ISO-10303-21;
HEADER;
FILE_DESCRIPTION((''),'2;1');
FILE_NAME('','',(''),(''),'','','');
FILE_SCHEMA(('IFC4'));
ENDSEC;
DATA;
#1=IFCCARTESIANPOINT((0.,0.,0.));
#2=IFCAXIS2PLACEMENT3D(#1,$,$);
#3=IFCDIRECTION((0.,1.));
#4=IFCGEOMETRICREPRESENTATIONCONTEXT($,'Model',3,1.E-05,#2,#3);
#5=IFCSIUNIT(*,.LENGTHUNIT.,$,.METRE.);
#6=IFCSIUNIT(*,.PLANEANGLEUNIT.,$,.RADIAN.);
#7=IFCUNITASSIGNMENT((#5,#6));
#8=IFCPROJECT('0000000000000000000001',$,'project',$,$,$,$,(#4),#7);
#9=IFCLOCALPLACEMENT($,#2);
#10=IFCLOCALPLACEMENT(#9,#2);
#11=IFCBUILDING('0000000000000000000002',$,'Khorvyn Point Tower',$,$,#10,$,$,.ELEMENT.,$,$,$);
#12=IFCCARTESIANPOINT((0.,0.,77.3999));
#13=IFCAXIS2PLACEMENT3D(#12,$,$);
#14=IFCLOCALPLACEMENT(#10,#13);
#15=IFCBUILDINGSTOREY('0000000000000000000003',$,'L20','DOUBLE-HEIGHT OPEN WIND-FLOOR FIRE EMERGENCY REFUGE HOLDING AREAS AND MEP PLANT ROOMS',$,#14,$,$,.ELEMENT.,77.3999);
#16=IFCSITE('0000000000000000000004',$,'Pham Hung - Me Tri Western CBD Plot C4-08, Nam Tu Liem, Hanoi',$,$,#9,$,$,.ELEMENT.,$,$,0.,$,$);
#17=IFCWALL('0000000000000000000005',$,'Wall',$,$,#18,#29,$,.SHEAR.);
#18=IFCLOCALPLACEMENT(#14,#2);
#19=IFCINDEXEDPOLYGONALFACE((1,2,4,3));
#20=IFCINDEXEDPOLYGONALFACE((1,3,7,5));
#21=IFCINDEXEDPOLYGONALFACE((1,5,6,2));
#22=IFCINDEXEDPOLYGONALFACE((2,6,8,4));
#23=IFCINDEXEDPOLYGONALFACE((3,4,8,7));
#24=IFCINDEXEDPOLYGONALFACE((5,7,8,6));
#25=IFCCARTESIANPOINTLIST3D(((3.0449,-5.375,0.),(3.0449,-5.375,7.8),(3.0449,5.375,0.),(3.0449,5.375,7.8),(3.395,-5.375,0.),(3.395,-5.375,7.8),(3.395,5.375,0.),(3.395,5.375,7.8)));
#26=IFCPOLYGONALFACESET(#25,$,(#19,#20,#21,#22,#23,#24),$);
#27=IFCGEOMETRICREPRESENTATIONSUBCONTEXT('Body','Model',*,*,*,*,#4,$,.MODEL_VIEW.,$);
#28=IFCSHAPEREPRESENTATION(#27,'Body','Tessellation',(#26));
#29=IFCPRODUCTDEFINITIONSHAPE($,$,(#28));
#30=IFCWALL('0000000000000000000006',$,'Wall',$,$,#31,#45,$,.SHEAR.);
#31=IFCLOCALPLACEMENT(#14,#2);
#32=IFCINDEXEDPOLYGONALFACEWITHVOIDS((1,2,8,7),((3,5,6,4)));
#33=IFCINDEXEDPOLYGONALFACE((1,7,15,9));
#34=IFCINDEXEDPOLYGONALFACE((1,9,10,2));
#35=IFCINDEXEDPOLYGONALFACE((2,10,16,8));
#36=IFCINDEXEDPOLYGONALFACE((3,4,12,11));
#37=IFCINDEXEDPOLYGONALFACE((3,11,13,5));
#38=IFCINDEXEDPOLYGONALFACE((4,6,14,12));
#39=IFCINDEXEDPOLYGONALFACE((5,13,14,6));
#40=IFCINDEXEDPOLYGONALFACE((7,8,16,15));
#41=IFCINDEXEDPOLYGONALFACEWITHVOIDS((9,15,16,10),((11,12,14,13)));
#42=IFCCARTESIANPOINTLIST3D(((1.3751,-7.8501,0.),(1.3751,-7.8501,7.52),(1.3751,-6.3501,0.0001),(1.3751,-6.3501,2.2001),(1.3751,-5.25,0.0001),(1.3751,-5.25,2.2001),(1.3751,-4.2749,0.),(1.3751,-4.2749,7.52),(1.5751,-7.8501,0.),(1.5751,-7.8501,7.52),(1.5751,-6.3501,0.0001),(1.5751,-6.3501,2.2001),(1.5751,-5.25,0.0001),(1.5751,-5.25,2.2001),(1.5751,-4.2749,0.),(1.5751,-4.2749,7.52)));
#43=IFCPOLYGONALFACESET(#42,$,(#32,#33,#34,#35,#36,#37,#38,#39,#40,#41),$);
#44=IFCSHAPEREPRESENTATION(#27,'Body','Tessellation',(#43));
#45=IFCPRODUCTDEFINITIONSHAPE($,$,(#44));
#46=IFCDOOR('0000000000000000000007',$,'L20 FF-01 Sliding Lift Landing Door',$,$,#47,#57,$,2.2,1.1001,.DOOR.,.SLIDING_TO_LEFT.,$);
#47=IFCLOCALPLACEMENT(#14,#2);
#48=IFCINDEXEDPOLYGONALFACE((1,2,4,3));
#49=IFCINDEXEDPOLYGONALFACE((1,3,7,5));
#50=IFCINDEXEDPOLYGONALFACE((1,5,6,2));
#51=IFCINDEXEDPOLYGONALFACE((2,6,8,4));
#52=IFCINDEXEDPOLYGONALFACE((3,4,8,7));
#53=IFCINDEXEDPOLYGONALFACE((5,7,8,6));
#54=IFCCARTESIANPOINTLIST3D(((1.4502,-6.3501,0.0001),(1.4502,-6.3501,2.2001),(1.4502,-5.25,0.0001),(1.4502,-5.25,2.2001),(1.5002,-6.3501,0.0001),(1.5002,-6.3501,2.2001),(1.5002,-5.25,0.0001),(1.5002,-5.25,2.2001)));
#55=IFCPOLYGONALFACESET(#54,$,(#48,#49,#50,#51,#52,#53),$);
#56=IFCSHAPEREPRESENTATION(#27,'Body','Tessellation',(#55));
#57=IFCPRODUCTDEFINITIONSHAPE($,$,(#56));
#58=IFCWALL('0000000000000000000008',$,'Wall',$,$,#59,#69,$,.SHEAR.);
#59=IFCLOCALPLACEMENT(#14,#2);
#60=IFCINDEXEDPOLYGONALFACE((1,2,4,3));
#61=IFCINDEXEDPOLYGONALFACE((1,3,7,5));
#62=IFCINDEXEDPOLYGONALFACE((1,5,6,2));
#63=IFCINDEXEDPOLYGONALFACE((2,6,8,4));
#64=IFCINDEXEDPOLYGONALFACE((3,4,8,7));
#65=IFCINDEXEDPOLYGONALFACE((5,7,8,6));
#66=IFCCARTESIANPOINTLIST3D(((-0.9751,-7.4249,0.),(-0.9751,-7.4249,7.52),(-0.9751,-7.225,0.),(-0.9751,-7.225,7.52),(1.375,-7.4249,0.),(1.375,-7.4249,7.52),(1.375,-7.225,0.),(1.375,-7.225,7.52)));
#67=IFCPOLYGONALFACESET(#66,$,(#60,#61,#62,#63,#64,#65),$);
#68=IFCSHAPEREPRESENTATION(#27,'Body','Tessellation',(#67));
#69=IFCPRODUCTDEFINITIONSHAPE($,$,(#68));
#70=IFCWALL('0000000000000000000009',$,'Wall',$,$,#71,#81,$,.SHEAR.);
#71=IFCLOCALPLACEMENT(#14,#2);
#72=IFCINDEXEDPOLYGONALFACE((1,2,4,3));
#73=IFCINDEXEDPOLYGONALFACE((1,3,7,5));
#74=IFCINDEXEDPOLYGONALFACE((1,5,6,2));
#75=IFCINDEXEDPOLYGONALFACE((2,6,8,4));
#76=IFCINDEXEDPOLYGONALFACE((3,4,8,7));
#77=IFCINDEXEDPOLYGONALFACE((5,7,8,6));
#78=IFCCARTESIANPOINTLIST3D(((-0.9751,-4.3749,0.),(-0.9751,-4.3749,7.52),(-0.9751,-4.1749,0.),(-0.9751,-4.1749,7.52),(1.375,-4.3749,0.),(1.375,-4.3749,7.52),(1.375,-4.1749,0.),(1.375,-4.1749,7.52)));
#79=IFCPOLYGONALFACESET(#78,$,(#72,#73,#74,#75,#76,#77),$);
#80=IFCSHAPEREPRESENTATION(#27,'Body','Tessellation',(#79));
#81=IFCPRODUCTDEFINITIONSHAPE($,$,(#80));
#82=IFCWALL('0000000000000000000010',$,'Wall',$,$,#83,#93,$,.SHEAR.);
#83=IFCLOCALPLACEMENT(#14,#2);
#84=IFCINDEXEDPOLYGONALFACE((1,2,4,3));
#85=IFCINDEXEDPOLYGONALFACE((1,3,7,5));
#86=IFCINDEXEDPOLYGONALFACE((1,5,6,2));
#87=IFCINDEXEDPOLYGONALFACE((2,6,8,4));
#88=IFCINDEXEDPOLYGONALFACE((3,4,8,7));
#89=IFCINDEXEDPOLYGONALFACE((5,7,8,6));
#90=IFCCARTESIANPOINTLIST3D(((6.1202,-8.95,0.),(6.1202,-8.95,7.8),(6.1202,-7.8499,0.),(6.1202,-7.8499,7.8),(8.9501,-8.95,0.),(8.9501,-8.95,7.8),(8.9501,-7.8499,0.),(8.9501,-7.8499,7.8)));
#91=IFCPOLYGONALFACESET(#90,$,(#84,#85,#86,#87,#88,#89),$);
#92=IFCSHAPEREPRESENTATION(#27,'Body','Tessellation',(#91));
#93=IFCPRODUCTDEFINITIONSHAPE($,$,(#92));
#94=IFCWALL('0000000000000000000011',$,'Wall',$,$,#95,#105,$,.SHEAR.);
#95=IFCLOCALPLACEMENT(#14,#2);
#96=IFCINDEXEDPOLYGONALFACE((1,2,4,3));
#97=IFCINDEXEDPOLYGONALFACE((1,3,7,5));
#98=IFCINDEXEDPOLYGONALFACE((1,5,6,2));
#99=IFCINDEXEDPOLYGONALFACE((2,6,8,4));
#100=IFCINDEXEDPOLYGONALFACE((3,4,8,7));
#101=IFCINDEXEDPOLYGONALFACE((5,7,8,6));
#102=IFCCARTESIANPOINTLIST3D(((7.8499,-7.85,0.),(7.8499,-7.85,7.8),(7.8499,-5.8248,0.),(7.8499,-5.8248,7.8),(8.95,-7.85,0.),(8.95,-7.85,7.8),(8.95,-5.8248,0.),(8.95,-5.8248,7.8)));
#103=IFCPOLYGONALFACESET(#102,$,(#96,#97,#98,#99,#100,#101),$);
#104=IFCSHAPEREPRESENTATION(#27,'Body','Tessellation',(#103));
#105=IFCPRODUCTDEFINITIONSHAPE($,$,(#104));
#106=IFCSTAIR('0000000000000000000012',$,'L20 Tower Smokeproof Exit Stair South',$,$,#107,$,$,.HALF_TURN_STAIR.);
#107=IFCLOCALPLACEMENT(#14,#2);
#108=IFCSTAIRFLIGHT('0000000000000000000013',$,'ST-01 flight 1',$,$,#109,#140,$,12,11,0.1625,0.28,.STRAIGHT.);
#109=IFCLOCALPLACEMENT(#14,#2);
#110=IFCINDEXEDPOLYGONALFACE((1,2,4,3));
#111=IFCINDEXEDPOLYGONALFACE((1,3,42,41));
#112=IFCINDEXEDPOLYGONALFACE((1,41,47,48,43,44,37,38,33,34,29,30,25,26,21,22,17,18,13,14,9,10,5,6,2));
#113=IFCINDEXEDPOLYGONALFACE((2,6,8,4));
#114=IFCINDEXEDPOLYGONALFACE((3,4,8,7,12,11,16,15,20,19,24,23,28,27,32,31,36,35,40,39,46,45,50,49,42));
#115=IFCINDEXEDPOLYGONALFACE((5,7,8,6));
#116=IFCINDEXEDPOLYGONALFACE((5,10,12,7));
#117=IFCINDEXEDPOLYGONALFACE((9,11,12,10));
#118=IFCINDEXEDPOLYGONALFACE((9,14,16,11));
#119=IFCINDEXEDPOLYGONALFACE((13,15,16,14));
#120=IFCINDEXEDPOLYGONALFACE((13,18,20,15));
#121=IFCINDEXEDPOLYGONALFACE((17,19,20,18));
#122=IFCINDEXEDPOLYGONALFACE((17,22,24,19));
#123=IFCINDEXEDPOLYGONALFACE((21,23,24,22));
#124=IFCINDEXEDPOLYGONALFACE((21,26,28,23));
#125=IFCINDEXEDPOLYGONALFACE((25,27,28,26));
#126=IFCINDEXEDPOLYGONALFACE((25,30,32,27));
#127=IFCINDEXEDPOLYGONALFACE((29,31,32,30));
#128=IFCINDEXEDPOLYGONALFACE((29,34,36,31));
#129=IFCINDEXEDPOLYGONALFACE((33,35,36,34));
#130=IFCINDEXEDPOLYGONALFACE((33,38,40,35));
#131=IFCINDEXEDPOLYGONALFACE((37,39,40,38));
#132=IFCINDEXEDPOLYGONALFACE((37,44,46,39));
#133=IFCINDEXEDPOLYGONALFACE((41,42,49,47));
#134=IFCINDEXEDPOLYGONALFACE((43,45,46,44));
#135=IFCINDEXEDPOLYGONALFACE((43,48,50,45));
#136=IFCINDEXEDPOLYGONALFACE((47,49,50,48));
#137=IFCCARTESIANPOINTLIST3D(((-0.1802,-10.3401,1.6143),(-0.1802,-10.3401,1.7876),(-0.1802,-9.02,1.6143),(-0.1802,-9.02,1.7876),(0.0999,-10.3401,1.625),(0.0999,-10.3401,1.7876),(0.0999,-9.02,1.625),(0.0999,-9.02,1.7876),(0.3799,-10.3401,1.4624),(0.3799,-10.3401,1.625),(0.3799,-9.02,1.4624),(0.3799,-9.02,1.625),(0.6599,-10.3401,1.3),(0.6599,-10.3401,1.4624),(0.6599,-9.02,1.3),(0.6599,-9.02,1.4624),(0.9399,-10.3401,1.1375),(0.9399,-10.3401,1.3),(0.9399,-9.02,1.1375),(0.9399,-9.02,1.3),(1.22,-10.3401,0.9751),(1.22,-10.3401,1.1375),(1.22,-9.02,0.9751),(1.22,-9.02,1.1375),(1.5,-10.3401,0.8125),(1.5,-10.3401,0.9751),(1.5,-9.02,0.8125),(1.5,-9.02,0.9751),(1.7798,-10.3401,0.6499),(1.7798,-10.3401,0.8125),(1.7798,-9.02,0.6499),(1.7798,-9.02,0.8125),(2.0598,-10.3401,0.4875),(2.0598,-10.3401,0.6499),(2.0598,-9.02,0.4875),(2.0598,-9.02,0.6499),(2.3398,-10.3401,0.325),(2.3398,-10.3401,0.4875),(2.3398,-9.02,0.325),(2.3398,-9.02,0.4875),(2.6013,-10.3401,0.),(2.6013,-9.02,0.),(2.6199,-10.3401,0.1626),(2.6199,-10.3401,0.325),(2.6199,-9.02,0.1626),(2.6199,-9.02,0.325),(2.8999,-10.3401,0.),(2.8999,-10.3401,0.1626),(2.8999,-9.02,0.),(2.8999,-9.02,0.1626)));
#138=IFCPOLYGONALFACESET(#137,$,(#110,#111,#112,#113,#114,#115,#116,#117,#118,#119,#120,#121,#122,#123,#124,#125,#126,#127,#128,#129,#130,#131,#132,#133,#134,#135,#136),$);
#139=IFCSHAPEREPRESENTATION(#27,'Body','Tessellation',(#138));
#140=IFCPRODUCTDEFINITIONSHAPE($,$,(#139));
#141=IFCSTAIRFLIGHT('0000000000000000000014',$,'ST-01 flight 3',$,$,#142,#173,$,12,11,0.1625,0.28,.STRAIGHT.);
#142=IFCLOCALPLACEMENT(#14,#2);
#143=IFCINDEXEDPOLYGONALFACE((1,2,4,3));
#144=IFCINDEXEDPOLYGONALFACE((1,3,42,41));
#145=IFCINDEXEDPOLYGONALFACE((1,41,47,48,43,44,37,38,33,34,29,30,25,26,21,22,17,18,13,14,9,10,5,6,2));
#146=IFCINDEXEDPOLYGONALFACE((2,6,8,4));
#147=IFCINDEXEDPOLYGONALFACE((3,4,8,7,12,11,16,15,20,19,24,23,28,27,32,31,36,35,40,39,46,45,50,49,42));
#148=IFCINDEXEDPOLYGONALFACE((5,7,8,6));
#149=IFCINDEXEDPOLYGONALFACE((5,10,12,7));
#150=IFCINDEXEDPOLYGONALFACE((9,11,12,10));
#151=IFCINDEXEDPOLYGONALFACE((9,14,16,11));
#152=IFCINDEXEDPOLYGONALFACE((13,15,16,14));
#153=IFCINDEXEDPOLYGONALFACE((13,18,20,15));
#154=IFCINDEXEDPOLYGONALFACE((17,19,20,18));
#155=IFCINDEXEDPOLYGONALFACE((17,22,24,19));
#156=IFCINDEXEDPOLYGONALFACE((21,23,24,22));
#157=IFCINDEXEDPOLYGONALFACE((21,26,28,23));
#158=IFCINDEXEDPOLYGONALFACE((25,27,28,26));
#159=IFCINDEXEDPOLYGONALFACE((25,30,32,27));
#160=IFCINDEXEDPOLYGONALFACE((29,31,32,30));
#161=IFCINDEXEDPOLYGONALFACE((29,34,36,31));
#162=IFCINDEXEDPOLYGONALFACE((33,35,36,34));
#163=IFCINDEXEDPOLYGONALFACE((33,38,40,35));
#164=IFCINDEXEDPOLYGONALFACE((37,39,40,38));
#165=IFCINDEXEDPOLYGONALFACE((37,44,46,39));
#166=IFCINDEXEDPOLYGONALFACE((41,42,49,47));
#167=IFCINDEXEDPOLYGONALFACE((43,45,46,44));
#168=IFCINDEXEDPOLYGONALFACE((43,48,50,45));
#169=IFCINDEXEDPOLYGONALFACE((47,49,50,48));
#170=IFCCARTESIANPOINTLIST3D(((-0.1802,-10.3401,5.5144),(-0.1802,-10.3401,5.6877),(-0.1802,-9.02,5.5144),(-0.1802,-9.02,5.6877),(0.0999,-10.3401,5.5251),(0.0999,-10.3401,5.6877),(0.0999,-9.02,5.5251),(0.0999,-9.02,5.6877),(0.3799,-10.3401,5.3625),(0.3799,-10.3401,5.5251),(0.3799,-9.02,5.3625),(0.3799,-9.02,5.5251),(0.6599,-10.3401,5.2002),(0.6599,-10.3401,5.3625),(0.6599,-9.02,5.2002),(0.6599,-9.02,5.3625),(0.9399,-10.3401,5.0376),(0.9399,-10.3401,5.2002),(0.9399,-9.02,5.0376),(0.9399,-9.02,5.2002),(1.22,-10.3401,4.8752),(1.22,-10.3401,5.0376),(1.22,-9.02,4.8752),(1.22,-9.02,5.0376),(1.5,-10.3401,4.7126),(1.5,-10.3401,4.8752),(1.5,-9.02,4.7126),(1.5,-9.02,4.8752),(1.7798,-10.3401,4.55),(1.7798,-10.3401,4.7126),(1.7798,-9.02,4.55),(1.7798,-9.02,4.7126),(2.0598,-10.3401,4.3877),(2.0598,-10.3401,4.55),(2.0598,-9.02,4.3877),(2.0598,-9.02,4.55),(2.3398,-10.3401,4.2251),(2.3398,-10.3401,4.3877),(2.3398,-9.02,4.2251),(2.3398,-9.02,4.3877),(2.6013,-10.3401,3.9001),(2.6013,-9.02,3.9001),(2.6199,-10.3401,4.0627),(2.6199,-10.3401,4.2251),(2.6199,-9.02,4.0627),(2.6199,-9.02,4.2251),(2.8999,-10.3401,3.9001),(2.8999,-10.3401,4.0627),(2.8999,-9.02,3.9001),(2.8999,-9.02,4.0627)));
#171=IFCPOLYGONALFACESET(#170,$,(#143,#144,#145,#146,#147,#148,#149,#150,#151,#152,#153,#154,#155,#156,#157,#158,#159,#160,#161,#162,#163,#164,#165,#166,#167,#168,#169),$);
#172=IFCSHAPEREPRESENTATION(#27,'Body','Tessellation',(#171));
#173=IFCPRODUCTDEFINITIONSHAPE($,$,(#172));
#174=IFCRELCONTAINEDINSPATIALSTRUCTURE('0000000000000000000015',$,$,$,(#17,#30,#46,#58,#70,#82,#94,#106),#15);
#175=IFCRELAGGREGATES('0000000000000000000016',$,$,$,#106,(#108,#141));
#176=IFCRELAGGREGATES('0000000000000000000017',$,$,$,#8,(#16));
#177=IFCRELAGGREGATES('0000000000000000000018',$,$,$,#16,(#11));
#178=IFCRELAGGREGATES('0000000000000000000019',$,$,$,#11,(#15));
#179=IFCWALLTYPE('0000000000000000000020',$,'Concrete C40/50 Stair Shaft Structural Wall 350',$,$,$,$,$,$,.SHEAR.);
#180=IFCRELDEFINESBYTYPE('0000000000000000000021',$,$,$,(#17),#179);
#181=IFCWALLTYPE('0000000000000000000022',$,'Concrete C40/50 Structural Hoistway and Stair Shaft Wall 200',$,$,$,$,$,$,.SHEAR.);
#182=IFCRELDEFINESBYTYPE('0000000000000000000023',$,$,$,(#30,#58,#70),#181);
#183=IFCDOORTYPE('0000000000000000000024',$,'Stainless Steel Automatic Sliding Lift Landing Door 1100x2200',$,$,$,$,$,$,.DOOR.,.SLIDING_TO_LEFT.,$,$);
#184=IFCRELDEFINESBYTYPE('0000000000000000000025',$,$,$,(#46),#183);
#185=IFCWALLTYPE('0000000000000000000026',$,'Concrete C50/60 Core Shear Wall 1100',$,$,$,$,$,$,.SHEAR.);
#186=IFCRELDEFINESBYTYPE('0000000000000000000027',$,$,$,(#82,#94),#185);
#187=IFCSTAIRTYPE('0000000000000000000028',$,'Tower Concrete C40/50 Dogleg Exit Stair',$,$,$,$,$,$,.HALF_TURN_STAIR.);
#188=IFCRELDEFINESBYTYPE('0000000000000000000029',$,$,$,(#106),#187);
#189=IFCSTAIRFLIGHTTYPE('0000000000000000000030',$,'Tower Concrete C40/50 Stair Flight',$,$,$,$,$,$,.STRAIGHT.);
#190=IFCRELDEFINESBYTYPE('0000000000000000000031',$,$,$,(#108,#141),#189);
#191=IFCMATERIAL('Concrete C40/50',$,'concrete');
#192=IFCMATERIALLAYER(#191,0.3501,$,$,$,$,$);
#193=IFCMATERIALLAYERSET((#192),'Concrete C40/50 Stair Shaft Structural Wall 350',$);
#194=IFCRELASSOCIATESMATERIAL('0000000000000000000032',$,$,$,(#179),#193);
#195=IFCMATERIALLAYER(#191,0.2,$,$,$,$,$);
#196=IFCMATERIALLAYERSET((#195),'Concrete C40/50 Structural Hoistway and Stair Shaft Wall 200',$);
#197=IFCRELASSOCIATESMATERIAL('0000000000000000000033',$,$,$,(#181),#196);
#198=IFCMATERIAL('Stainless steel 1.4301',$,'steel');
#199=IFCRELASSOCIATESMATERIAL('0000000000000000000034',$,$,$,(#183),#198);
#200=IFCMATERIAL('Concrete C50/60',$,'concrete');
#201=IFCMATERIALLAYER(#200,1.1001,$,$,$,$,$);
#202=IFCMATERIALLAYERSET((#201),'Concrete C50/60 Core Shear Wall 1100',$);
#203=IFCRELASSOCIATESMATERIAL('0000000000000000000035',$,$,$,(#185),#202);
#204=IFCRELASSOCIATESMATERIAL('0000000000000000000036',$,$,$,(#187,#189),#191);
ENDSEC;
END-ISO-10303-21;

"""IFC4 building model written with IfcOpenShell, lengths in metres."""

from ifc_helpers import new_model, si_unit, direction, frame, frame_2d, origin, place, context, subcontext, project, spatial, polyline, rectangle, outline, extrude, material, layer, layer_set, type_object, element, fill, aggregate, save


model = new_model("IFC4")

# Units and contexts
model_context = context("Model", 3, precision=1e-05, world=origin(), true_north=direction((0.0, 1.0)))
body_context = subcontext(model_context, "Body", "Model", "MODEL_VIEW")
ifc_project = project(units=[si_unit("LENGTHUNIT", "METRE"), si_unit("PLANEANGLEUNIT", "RADIAN")], contexts=[model_context])

# Site, building, storey
site_placement = place(None, origin())
site = spatial("IfcSite", under=ifc_project, at=site_placement, Name="Pham Hung - Me Tri Western CBD Plot C4-08, Nam Tu Liem, Hanoi", CompositionType="ELEMENT", RefElevation=0.0)
building_placement = place(site_placement, origin())
building = spatial("IfcBuilding", under=site, at=building_placement, Name="Khorvyn Point Tower", CompositionType="ELEMENT")
storey_placement = place(building_placement, frame((0.0, 0.0, 77.3999)))
storey = spatial("IfcBuildingStorey", under=building, at=storey_placement, Name="L20", Description="DOUBLE-HEIGHT OPEN WIND-FLOOR FIRE EMERGENCY REFUGE HOLDING AREAS AND MEP PLANT ROOMS", CompositionType="ELEMENT", Elevation=77.3999)

# Shared definitions
ifc_material_1 = material(Name="Concrete C40/50", Category="concrete")

# Shared definitions
ifc_material_2 = material(Name="Concrete C50/60", Category="concrete")

# Wall
ifc_layer_1 = layer(ifc_material_1, 0.3501)
ifc_layer_set_1 = layer_set([ifc_layer_1], Name="Concrete C40/50 Stair Shaft Structural Wall 350")
wall_type_1 = type_object("IfcWallType", Name="Concrete C40/50 Stair Shaft Structural Wall 350", PredefinedType="SHEAR", material=ifc_layer_set_1)
wall_1_placement = place(storey_placement, frame((3.22, -5.375, 0.0), z_axis=(0.0, 0.0, 1.0), x_axis=(0.0, 1.0, 0.0)))
element("IfcWall", 1, at=wall_1_placement, inside=storey, type_object=wall_type_1, Name="Wall", PredefinedType="SHEAR", context=body_context, shape_type="SweptSolid", body=[
    extrude(rectangle(XDim=10.75, YDim=0.3501, at=frame_2d((5.375, 0.0))), origin(), (0.0, 0.0, 1.0), 7.8),
])

# Wall, opening, door
ifc_layer_2 = layer(ifc_material_1, 0.2)
ifc_layer_set_2 = layer_set([ifc_layer_2], Name="Concrete C40/50 Structural Hoistway and Stair Shaft Wall 200")
wall_type_2 = type_object("IfcWallType", Name="Concrete C40/50 Structural Hoistway and Stair Shaft Wall 200", PredefinedType="SHEAR", material=ifc_layer_set_2)
wall_2_placement = place(storey_placement, frame((1.4751, -7.8501, 0.0), z_axis=(0.0, 0.0, 1.0), x_axis=(0.0, 1.0, 0.0)))
wall_2 = element("IfcWall", 2, at=wall_2_placement, inside=storey, type_object=wall_type_2, Name="Wall", PredefinedType="SHEAR", context=body_context, shape_type="SweptSolid", body=[
    extrude(rectangle(XDim=3.5752, YDim=0.2, at=frame_2d((1.7876, 0.0))), origin(), (0.0, 0.0, 1.0), 7.52),
])
opening_1_placement = place(wall_2_placement, frame((1.5, 0.0, 0.0)))
opening_1 = element("IfcOpeningElement", 3, at=opening_1_placement, cuts=wall_2, PredefinedType="OPENING", context=body_context, shape_type="SweptSolid", body=[
    extrude(rectangle(XDim=1.1001, YDim=2.2, at=frame_2d((0.55, 1.1001))), frame((0.0, 0.1099, 0.0), z_axis=(0.0, -1.0, 0.0), x_axis=(1.0, 0.0, 0.0)), (0.0, 0.0, 1.0), 0.22),
])
ifc_material_3 = material(Name="Stainless steel 1.4301", Category="steel")
door_type_1 = type_object("IfcDoorType", Name="Stainless Steel Automatic Sliding Lift Landing Door 1100x2200", OperationType="SLIDING_TO_LEFT", PredefinedType="DOOR", material=ifc_material_3)
door_1_placement = place(opening_1_placement, origin())
door_1 = element("IfcDoor", 4, at=door_1_placement, inside=storey, type_object=door_type_1, Name="L20 FF-01 Sliding Lift Landing Door", OperationType="SLIDING_TO_LEFT", OverallHeight=2.2, OverallWidth=1.1001, PredefinedType="DOOR", context=body_context, shape_type="SweptSolid", body=[
    extrude(rectangle(XDim=1.1001, YDim=2.2, at=frame_2d((0.55, 1.1001))), frame((0.0, 0.0249, 0.0), z_axis=(0.0, -1.0, 0.0), x_axis=(1.0, 0.0, 0.0)), (0.0, 0.0, 1.0), 0.05),
])
fill(opening_1, door_1)

# Walls
for number, where, z_axis, x_axis, name in (
    (5, (-0.9751, -7.325, 0.0), (0.0, 0.0, 1.0), (1.0, 0.0, 0.0), "Wall"),
    (6, (-0.9751, -4.2749, 0.0), (0.0, 0.0, 1.0), (1.0, 0.0, 0.0), "Wall"),
):
    element("IfcWall", number, at=place(storey_placement, frame(where, z_axis=z_axis, x_axis=x_axis)), inside=storey, type_object=wall_type_2, Name=name, PredefinedType="SHEAR", context=body_context, shape_type="SweptSolid", body=[
        extrude(rectangle(XDim=2.3501, YDim=0.2, at=frame_2d((1.175, 0.0))), origin(), (0.0, 0.0, 1.0), 7.52),
    ])
ifc_layer_3 = layer(ifc_material_2, 1.1001)
ifc_layer_set_3 = layer_set([ifc_layer_3], Name="Concrete C50/60 Core Shear Wall 1100")
wall_type_3 = type_object("IfcWallType", Name="Concrete C50/60 Core Shear Wall 1100", PredefinedType="SHEAR", material=ifc_layer_set_3)
wall_3_placement = place(storey_placement, frame((6.1201, -8.3999, 0.0), z_axis=(0.0, 0.0, 1.0), x_axis=(1.0, 0.0, 0.0)))
element("IfcWall", 7, at=wall_3_placement, inside=storey, type_object=wall_type_3, Name="Wall", PredefinedType="SHEAR", context=body_context, shape_type="SweptSolid", body=[
    extrude(rectangle(XDim=2.8298, YDim=1.1001, at=frame_2d((1.415, 0.0))), origin(), (0.0, 0.0, 1.0), 7.8),
])
wall_4_placement = place(storey_placement, frame((8.3999, -7.8501, 0.0), z_axis=(0.0, 0.0, 1.0), x_axis=(0.0, 1.0, 0.0)))
element("IfcWall", 8, at=wall_4_placement, inside=storey, type_object=wall_type_3, Name="Wall", PredefinedType="SHEAR", context=body_context, shape_type="SweptSolid", body=[
    extrude(rectangle(XDim=2.0251, YDim=1.1001, at=frame_2d((1.0127, 0.0))), origin(), (0.0, 0.0, 1.0), 7.8),
])

# Stair, stair flights
stair_type = type_object("IfcStairType", Name="Tower Concrete C40/50 Dogleg Exit Stair", PredefinedType="HALF_TURN_STAIR", material=ifc_material_1)
stair_placement = place(storey_placement, origin())
stair = element("IfcStair", 9, at=stair_placement, inside=storey, type_object=stair_type, Name="L20 Tower Smokeproof Exit Stair South", PredefinedType="HALF_TURN_STAIR")
stair_flight_type = type_object("IfcStairFlightType", Name="Tower Concrete C40/50 Stair Flight", PredefinedType="STRAIGHT", material=ifc_material_1)
stair_flight_1_placement = place(storey_placement, frame((2.8999, -9.6799, 0.0), z_axis=(0.0, 0.0, 1.0), x_axis=(-1.0, 0.0, 0.0)))
stair_flight_1 = element("IfcStairFlight", 10, at=stair_flight_1_placement, type_object=stair_flight_type, Name="ST-01 flight 1", NumberOfRisers=12, NumberOfTreads=11, PredefinedType="STRAIGHT", RiserHeight=0.1625, TreadLength=0.28, context=body_context, shape_type="SweptSolid", body=[
    extrude(outline(polyline([(0.0, 0.0), (0.0, 0.1626), (0.28, 0.1626), (0.28, 0.325), (0.5601, 0.325), (0.5601, 0.4875), (0.8401, 0.4875), (0.8401, 0.6499), (1.1201, 0.6499), (1.1201, 0.8125), (1.3999, 0.8125), (1.3999, 0.9751), (1.6799, 0.9751), (1.6799, 1.1375), (1.96, 1.1375), (1.96, 1.3), (2.24, 1.3), (2.24, 1.4624), (2.52, 1.4624), (2.52, 1.625), (2.8, 1.625), (2.8, 1.7876), (3.0801, 1.7876), (3.0801, 1.95), (3.0801, 1.6143), (0.2986, 0.0), (0.0, 0.0)])), frame((0.0, 0.6602, 0.0), z_axis=(0.0, -1.0, 0.0), x_axis=(1.0, 0.0, 0.0)), (0.0, 0.0, 1.0), 1.3201),
])
stair_flight_2_placement = place(storey_placement, frame((2.8999, -9.6799, 3.9001), z_axis=(0.0, 0.0, 1.0), x_axis=(-1.0, 0.0, 0.0)))
stair_flight_2 = element("IfcStairFlight", 11, at=stair_flight_2_placement, type_object=stair_flight_type, Name="ST-01 flight 3", NumberOfRisers=12, NumberOfTreads=11, PredefinedType="STRAIGHT", RiserHeight=0.1625, TreadLength=0.28, context=body_context, shape_type="SweptSolid", body=[
    extrude(outline(polyline([(0.0, 0.0), (0.0, 0.1626), (0.28, 0.1626), (0.28, 0.325), (0.5601, 0.325), (0.5601, 0.4875), (0.8401, 0.4875), (0.8401, 0.6499), (1.1201, 0.6499), (1.1201, 0.8125), (1.3999, 0.8125), (1.3999, 0.9751), (1.6799, 0.9751), (1.6799, 1.1375), (1.96, 1.1375), (1.96, 1.3), (2.24, 1.3), (2.24, 1.4624), (2.52, 1.4624), (2.52, 1.625), (2.8, 1.625), (2.8, 1.7876), (3.0801, 1.7876), (3.0801, 1.95), (3.0801, 1.6143), (0.2986, 0.0), (0.0, 0.0)])), frame((0.0, 0.6602, 0.0), z_axis=(0.0, -1.0, 0.0), x_axis=(1.0, 0.0, 0.0)), (0.0, 0.0, 1.0), 1.3201),
])
aggregate(stair, [stair_flight_1, stair_flight_2])

save(model, "model.ifc")
